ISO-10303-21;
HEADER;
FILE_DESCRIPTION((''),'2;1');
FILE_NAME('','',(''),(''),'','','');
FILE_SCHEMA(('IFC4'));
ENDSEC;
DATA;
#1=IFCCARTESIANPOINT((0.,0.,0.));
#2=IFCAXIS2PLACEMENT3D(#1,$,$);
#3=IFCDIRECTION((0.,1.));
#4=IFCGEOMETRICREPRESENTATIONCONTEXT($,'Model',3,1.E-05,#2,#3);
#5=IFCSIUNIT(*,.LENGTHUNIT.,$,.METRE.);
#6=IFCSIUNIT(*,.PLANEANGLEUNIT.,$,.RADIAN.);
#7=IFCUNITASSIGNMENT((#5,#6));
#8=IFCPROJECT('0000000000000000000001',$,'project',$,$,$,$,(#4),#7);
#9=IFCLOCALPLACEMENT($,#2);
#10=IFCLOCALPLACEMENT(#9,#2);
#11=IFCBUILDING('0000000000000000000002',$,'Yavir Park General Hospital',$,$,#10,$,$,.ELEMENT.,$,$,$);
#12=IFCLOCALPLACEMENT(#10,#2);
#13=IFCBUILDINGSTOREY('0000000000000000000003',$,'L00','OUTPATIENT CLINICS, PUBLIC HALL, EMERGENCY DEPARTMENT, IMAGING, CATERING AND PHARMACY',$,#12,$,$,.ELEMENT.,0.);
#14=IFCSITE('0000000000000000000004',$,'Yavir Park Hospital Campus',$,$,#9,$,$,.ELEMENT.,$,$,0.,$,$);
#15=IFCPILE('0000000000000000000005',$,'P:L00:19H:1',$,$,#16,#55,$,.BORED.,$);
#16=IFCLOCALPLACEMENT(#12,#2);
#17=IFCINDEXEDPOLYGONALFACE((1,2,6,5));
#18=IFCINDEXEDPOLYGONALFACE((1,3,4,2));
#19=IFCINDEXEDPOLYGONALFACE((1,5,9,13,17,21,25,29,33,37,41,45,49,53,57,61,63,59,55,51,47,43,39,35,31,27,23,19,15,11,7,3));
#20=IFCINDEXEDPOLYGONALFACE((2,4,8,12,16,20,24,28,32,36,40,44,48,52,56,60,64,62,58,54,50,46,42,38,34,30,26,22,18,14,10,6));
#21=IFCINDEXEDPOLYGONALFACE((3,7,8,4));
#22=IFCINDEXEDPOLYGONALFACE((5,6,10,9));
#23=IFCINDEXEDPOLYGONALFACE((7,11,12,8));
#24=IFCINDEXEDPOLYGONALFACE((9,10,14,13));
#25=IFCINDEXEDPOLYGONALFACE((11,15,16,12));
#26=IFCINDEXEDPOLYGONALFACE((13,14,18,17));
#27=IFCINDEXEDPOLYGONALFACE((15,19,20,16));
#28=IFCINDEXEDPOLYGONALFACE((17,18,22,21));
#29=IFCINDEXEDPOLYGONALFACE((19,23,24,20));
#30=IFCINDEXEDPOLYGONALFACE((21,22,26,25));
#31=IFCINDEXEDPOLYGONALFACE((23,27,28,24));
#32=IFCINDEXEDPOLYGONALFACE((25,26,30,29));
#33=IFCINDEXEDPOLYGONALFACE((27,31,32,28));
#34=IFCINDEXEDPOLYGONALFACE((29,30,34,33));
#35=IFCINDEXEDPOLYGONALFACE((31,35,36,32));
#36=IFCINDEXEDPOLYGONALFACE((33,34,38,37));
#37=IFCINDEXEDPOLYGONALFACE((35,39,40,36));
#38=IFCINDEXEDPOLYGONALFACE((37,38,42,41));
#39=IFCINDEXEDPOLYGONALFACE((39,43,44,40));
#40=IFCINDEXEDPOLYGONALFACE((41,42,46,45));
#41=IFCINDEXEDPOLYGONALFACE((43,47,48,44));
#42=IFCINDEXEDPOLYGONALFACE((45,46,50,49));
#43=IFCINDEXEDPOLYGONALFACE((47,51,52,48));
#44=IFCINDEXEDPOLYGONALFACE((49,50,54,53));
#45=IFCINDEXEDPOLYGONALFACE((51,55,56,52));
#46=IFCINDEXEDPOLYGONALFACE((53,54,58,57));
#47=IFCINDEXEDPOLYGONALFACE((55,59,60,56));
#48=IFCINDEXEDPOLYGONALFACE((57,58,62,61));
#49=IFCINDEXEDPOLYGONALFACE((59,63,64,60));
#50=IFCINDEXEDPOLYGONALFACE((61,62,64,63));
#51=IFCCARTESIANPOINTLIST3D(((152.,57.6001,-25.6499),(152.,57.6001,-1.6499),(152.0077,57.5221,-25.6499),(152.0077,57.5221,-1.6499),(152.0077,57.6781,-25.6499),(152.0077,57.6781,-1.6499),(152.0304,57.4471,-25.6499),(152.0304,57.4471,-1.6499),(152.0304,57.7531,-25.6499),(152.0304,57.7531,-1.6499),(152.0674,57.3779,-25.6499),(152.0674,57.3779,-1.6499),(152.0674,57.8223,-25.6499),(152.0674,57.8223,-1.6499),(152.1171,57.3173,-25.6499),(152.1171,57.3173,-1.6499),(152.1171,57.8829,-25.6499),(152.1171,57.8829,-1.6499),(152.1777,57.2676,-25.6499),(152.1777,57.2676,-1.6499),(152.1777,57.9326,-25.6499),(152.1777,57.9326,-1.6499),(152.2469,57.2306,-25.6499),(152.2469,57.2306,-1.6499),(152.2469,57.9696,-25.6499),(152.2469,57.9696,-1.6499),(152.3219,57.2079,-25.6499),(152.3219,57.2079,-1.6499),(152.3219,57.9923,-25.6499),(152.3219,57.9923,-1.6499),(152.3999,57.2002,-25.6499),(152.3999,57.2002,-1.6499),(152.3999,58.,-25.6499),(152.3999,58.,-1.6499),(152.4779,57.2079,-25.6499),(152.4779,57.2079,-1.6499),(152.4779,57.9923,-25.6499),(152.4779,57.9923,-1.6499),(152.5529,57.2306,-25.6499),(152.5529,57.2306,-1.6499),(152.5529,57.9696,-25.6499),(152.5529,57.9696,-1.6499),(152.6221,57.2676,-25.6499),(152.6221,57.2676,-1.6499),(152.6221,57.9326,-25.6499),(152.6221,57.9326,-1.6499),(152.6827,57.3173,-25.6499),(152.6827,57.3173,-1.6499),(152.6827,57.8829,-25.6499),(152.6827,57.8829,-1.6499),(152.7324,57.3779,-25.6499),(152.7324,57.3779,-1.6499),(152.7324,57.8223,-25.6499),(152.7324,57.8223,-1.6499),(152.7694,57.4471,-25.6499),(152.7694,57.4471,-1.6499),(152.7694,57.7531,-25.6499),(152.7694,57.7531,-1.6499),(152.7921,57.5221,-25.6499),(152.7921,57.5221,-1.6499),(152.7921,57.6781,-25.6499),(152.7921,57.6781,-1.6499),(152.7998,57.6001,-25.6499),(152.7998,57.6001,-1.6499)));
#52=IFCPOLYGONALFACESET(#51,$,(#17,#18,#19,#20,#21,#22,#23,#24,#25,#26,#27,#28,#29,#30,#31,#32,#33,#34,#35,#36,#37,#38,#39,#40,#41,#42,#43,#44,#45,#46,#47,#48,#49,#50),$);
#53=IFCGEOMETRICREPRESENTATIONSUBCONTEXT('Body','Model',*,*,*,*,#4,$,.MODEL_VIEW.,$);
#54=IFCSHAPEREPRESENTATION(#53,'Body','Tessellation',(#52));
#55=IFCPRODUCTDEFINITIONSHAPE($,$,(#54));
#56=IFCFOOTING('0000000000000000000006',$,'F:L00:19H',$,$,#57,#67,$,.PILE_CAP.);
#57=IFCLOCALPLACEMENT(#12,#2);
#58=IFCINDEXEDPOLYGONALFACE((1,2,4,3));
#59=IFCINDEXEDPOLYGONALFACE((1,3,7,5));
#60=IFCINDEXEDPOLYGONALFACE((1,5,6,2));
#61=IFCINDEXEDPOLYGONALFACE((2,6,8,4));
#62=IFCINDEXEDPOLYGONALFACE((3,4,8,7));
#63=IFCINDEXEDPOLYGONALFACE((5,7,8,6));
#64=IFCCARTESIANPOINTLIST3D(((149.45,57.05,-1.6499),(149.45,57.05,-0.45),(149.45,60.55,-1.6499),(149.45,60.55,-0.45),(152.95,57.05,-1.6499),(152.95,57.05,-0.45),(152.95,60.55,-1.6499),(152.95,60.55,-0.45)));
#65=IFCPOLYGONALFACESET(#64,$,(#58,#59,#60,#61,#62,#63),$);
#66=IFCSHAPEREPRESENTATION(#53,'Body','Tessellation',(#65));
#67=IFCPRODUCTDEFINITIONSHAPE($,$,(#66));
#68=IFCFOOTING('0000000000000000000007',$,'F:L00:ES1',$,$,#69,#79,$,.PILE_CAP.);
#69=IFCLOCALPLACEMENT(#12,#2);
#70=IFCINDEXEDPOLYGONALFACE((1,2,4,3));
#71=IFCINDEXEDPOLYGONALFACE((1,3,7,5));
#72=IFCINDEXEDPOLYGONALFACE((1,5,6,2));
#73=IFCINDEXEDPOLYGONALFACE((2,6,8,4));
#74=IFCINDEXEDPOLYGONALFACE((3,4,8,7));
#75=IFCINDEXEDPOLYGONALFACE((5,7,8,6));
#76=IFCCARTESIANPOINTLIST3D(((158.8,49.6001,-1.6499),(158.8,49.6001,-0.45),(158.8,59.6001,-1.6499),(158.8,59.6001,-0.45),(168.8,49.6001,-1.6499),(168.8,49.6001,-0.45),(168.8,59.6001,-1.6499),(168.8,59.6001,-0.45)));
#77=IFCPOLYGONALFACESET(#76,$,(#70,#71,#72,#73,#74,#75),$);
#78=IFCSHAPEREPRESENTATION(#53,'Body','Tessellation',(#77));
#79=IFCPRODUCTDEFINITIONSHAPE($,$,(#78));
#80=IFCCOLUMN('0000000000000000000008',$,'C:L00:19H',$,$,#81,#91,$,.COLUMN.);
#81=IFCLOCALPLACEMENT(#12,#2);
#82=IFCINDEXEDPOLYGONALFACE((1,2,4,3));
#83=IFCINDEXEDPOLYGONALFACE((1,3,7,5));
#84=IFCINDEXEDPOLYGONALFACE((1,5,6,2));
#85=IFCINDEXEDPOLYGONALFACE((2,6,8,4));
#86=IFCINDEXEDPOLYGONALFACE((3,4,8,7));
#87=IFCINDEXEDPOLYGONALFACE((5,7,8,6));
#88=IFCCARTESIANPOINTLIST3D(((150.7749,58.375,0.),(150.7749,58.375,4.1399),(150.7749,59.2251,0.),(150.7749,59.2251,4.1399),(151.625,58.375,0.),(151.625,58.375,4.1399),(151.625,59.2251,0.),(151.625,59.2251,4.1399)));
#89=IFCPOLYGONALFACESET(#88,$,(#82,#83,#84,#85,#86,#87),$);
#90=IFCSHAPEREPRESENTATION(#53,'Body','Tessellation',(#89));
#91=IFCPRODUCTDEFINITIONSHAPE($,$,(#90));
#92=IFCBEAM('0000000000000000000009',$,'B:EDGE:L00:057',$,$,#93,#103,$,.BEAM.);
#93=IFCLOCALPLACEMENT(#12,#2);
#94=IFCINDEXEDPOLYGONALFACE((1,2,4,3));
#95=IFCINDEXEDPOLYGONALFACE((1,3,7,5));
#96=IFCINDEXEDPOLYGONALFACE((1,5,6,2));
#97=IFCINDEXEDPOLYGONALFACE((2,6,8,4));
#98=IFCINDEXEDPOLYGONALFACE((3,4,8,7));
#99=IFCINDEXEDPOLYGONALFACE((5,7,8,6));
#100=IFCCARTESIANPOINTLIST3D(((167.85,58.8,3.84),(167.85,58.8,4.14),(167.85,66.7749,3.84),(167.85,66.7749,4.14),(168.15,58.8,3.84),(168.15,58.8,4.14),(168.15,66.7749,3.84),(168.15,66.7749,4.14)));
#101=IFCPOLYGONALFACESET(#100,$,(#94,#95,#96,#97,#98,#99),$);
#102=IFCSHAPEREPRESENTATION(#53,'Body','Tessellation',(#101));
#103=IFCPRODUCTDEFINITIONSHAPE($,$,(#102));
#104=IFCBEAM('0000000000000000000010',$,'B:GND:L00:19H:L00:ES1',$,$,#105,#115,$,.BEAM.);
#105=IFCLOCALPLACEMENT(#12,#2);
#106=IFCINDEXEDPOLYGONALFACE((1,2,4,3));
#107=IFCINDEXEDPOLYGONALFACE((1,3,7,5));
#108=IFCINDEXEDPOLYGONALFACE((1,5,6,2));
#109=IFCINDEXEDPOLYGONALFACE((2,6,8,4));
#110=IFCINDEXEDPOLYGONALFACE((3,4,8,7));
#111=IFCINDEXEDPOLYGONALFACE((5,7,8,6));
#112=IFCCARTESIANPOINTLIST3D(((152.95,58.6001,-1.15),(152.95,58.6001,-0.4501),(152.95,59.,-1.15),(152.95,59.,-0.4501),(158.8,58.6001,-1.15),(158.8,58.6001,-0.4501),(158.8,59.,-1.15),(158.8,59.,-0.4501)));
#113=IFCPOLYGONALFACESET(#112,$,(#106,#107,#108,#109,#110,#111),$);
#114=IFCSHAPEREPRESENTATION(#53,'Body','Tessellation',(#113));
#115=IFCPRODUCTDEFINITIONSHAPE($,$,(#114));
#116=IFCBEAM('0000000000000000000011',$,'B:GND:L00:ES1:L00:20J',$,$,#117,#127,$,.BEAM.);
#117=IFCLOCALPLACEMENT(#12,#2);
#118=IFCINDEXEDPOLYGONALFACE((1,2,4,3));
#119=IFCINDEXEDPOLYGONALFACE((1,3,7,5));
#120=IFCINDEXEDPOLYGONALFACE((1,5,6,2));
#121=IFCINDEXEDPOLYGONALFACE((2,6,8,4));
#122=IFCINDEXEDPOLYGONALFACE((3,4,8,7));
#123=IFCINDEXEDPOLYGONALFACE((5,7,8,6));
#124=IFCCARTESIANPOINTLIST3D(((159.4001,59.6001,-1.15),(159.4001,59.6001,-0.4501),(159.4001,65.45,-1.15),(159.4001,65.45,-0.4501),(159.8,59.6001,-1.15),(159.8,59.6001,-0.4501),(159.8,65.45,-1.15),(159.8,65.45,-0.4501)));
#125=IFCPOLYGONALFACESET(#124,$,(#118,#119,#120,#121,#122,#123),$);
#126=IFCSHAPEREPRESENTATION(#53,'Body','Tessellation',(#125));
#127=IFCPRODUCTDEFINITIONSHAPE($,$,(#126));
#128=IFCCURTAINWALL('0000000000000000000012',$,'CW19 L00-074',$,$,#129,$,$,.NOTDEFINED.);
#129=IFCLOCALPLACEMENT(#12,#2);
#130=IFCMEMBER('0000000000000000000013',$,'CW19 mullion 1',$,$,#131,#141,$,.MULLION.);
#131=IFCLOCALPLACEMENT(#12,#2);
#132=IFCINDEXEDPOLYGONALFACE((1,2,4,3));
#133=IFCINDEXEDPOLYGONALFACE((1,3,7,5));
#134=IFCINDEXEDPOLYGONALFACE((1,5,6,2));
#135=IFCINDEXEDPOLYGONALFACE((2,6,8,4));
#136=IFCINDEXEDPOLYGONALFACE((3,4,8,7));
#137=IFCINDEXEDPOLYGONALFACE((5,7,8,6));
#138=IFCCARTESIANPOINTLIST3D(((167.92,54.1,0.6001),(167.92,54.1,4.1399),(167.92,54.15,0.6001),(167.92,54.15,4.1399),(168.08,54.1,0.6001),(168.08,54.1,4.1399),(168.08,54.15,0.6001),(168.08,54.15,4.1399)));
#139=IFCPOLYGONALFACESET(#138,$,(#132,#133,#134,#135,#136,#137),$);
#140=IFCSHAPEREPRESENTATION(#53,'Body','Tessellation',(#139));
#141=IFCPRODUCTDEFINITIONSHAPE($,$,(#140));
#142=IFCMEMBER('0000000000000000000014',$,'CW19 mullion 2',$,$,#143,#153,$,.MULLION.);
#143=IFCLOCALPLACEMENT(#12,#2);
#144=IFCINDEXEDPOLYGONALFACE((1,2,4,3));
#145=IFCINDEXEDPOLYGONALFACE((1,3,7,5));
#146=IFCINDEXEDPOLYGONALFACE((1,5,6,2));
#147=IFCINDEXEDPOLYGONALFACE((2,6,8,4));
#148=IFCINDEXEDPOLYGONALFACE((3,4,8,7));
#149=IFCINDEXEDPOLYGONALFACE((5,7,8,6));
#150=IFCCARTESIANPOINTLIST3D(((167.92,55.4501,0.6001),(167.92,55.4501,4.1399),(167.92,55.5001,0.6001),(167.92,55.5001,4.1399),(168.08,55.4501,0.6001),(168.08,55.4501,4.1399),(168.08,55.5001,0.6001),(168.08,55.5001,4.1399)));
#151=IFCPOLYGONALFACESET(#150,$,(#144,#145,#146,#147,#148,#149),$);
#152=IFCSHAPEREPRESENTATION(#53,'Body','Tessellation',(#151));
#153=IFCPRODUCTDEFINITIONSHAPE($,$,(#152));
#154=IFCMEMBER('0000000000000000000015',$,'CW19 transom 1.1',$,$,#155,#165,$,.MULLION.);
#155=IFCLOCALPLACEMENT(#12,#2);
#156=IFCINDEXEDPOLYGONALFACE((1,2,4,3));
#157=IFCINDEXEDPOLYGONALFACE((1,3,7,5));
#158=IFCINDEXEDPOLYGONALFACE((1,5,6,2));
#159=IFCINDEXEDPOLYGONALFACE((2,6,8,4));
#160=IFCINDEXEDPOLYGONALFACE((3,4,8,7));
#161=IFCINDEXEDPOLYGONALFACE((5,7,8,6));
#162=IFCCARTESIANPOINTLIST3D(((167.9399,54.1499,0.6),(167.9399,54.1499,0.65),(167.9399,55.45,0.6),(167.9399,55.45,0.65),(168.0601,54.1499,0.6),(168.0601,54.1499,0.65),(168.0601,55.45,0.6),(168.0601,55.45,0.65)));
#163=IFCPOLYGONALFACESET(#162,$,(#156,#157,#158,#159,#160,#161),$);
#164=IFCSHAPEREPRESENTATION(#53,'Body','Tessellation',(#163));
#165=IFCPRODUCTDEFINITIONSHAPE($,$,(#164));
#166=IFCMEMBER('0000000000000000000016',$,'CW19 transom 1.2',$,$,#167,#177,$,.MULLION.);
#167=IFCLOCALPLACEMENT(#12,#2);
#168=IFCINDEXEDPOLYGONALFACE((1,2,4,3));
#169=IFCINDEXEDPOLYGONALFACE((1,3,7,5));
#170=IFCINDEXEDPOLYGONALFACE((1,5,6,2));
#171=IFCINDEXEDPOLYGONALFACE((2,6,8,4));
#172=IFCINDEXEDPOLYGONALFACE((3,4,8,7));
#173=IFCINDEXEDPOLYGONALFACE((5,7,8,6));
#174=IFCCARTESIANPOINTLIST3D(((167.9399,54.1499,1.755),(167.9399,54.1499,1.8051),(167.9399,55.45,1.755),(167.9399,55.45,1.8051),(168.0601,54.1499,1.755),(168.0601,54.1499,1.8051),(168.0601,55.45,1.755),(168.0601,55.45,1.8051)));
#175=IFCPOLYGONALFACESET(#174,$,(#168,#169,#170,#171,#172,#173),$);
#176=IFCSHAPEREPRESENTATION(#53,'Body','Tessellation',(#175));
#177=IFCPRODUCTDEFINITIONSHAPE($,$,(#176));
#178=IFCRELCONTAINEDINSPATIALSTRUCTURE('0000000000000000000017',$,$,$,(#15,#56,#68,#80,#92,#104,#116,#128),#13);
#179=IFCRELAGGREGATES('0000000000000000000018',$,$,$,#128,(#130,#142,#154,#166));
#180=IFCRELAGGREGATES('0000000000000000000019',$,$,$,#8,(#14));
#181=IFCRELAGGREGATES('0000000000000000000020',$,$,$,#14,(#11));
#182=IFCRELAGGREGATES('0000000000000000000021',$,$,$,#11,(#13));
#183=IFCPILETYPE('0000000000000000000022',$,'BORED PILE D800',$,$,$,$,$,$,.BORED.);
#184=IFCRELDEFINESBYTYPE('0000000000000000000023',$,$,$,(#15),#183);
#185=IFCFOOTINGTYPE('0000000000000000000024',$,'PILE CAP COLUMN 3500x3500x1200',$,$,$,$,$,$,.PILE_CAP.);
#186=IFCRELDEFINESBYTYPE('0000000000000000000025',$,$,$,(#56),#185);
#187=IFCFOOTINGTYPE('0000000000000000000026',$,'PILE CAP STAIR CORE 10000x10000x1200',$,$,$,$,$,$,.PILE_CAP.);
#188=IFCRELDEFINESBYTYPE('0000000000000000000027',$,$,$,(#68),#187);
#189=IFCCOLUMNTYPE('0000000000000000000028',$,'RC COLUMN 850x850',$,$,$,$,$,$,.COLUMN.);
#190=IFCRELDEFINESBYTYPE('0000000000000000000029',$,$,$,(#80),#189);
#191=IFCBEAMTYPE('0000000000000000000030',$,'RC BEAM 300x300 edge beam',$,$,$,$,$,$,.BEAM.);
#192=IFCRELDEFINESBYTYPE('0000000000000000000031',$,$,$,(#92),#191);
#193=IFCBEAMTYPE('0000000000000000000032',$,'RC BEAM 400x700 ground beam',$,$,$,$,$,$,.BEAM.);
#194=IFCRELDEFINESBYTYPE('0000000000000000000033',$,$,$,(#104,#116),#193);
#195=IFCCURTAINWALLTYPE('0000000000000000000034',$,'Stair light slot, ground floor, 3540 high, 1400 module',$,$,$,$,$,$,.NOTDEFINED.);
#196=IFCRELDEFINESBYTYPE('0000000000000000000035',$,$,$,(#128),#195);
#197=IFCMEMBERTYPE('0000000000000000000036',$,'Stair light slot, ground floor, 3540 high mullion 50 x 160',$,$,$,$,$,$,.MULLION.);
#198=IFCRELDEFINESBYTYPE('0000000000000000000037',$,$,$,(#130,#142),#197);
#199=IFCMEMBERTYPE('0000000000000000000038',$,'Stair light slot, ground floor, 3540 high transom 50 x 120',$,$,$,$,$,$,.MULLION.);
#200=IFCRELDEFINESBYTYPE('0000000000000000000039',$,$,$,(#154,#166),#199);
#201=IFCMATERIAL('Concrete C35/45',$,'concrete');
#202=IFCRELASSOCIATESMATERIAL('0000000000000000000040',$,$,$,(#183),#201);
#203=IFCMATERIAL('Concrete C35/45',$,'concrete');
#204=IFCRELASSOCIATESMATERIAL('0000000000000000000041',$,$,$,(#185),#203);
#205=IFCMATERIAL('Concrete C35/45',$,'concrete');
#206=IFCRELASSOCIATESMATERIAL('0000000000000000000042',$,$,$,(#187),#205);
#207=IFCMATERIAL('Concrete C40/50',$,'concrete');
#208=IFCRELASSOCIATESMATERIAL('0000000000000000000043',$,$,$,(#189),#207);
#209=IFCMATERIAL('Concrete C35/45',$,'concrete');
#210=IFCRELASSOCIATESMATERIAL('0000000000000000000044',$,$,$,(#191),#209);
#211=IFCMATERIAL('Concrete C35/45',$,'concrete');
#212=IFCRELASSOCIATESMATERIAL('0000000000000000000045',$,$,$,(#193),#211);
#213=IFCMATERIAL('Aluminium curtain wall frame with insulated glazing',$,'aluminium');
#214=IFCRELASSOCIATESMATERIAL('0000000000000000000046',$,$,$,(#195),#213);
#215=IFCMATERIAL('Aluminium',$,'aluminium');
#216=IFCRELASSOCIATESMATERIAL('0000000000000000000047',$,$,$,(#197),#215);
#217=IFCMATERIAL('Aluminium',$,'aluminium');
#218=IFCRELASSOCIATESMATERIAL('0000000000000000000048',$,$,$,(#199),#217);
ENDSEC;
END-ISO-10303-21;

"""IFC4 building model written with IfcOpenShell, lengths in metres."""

from ifc_helpers import new_model, si_unit, direction, frame, origin, origin_2d, place, context, subcontext, project, spatial, rectangle, circle, extrude, material, material_profile, profile_set, type_object, element, aggregate, save


model = new_model("IFC4")

# Units and contexts
model_context = context("Model", 3, precision=1e-05, world=origin(), true_north=direction((0.0, 1.0)))
body_context = subcontext(model_context, "Body", "Model", "MODEL_VIEW")
ifc_project = project(units=[si_unit("LENGTHUNIT", "METRE"), si_unit("PLANEANGLEUNIT", "RADIAN")], contexts=[model_context])

# Site, building, storey
site_placement = place(None, origin())
site = spatial("IfcSite", under=ifc_project, at=site_placement, Name="Yavir Park Hospital Campus", CompositionType="ELEMENT", RefElevation=0.0)
building_placement = place(site_placement, origin())
building = spatial("IfcBuilding", under=site, at=building_placement, Name="Yavir Park General Hospital", CompositionType="ELEMENT")
storey_placement = place(building_placement, origin())
storey = spatial("IfcBuildingStorey", under=building, at=storey_placement, Name="L00", Description="OUTPATIENT CLINICS, PUBLIC HALL, EMERGENCY DEPARTMENT, IMAGING, CATERING AND PHARMACY", CompositionType="ELEMENT", Elevation=0.0)

# Pile
ifc_material_1 = material(Name="Concrete C35/45", Category="concrete")
ifc_material_profile_1 = material_profile(ifc_material_1, circle(Radius=0.3999, at=origin_2d()), Name="D800")
ifc_profile_set_1 = profile_set([ifc_material_profile_1], Name="Concrete C35/45")
pile_type_1 = type_object("IfcPileType", Name="BORED PILE D800", PredefinedType="BORED", material=ifc_profile_set_1)
pile_placement = place(storey_placement, frame((152.3999, 57.6001, -1.6499), z_axis=(0.0, 0.0, -1.0), x_axis=(1.0, 0.0, 0.0)))
element("IfcPile", 1, at=pile_placement, inside=storey, type_object=pile_type_1, Name="P:L00:19H:1", PredefinedType="BORED", context=body_context, shape_type="SweptSolid", body=[
    extrude(circle(Radius=0.3999, at=origin_2d()), origin(), (0.0, 0.0, 1.0), 24.0),
])

# Footings
ifc_material_2 = material(Name="Concrete C35/45", Category="concrete")
footing_type_1 = type_object("IfcFootingType", Name="PILE CAP COLUMN 3500x3500x1200", PredefinedType="PILE_CAP", material=ifc_material_2)
footing_1_placement = place(storey_placement, frame((151.2, 58.8, -1.6499), z_axis=(0.0, 0.0, 1.0), x_axis=(1.0, 0.0, 0.0)))
element("IfcFooting", 2, at=footing_1_placement, inside=storey, type_object=footing_type_1, Name="F:L00:19H", PredefinedType="PILE_CAP", context=body_context, shape_type="SweptSolid", body=[
    extrude(rectangle(XDim=3.5, YDim=3.5, at=origin_2d()), origin(), (0.0, 0.0, 1.0), 1.2),
])
ifc_material_3 = material(Name="Concrete C35/45", Category="concrete")
footing_type_2 = type_object("IfcFootingType", Name="PILE CAP STAIR CORE 10000x10000x1200", PredefinedType="PILE_CAP", material=ifc_material_3)
footing_2_placement = place(storey_placement, frame((163.8, 54.6001, -1.6499), z_axis=(0.0, 0.0, 1.0), x_axis=(1.0, 0.0, 0.0)))
element("IfcFooting", 3, at=footing_2_placement, inside=storey, type_object=footing_type_2, Name="F:L00:ES1", PredefinedType="PILE_CAP", context=body_context, shape_type="SweptSolid", body=[
    extrude(rectangle(XDim=10.0, YDim=10.0, at=origin_2d()), origin(), (0.0, 0.0, 1.0), 1.2),
])

# Column
ifc_material_4 = material(Name="Concrete C40/50", Category="concrete")
ifc_material_profile_2 = material_profile(ifc_material_4, rectangle(XDim=0.8501, YDim=0.8501, at=origin_2d()), Name="RC850x850")
ifc_profile_set_2 = profile_set([ifc_material_profile_2], Name="Concrete C40/50")
column_type = type_object("IfcColumnType", Name="RC COLUMN 850x850", PredefinedType="COLUMN", material=ifc_profile_set_2)
column_placement = place(storey_placement, frame((151.2, 58.8, 0.0), z_axis=(0.0, 0.0, 1.0), x_axis=(1.0, 0.0, 0.0)))
element("IfcColumn", 4, at=column_placement, inside=storey, type_object=column_type, Name="C:L00:19H", PredefinedType="COLUMN", context=body_context, shape_type="SweptSolid", body=[
    extrude(rectangle(XDim=0.8501, YDim=0.8501, at=origin_2d()), origin(), (0.0, 0.0, 1.0), 4.1399),
])

# Beams
ifc_material_5 = material(Name="Concrete C35/45", Category="concrete")
ifc_material_profile_3 = material_profile(ifc_material_5, rectangle(XDim=0.3, YDim=0.3, at=origin_2d()), Name="RC300x300")
ifc_profile_set_3 = profile_set([ifc_material_profile_3], Name="Concrete C35/45")
beam_type_1 = type_object("IfcBeamType", Name="RC BEAM 300x300 edge beam", PredefinedType="BEAM", material=ifc_profile_set_3)
beam_1_placement = place(storey_placement, frame((168.0, 58.8, 3.99), z_axis=(0.0, 1.0, 0.0), x_axis=(-1.0, 0.0, 0.0)))
element("IfcBeam", 5, at=beam_1_placement, inside=storey, type_object=beam_type_1, Name="B:EDGE:L00:057", PredefinedType="BEAM", context=body_context, shape_type="SweptSolid", body=[
    extrude(rectangle(XDim=0.3, YDim=0.3, at=origin_2d()), origin(), (0.0, 0.0, 1.0), 7.9749),
])
ifc_material_6 = material(Name="Concrete C35/45", Category="concrete")
ifc_material_profile_4 = material_profile(ifc_material_6, rectangle(XDim=0.3999, YDim=0.7, at=origin_2d()), Name="RC400x700")
ifc_profile_set_4 = profile_set([ifc_material_profile_4], Name="Concrete C35/45")
beam_type_2 = type_object("IfcBeamType", Name="RC BEAM 400x700 ground beam", PredefinedType="BEAM", material=ifc_profile_set_4)
beam_2_placement = place(storey_placement, frame((152.95, 58.8, -0.8), z_axis=(1.0, 0.0, 0.0), x_axis=(0.0, 1.0, 0.0)))
element("IfcBeam", 6, at=beam_2_placement, inside=storey, type_object=beam_type_2, Name="B:GND:L00:19H:L00:ES1", PredefinedType="BEAM", context=body_context, shape_type="SweptSolid", body=[
    extrude(rectangle(XDim=0.3999, YDim=0.7, at=origin_2d()), origin(), (0.0, 0.0, 1.0), 5.8501),
])
beam_3_placement = place(storey_placement, frame((159.6001, 59.6001, -0.8), z_axis=(0.0, 1.0, 0.0), x_axis=(-1.0, 0.0, 0.0)))
element("IfcBeam", 7, at=beam_3_placement, inside=storey, type_object=beam_type_2, Name="B:GND:L00:ES1:L00:20J", PredefinedType="BEAM", context=body_context, shape_type="SweptSolid", body=[
    extrude(rectangle(XDim=0.3999, YDim=0.7, at=origin_2d()), origin(), (0.0, 0.0, 1.0), 5.8499),
])

# Curtain wall, members
ifc_material_7 = material(Name="Aluminium curtain wall frame with insulated glazing", Category="aluminium")
curtain_wall_type = type_object("IfcCurtainWallType", Name="Stair light slot, ground floor, 3540 high, 1400 module", PredefinedType="NOTDEFINED", material=ifc_material_7)
curtain_wall_placement = place(storey_placement, origin())
curtain_wall = element("IfcCurtainWall", 8, at=curtain_wall_placement, inside=storey, type_object=curtain_wall_type, Name="CW19 L00-074", PredefinedType="NOTDEFINED")
ifc_material_8 = material(Name="Aluminium", Category="aluminium")
ifc_material_profile_5 = material_profile(ifc_material_8, rectangle(XDim=0.1599, YDim=0.05, at=origin_2d()), Name="AL 50x160")
ifc_profile_set_5 = profile_set([ifc_material_profile_5], Name="Aluminium")
member_type_1 = type_object("IfcMemberType", Name="Stair light slot, ground floor, 3540 high mullion 50 x 160", PredefinedType="MULLION", material=ifc_profile_set_5)
member_1_placement = place(storey_placement, frame((168.0, 54.125, 0.6001), z_axis=(0.0, 0.0, 1.0), x_axis=(-1.0, 0.0, 0.0)))
member_1 = element("IfcMember", 9, at=member_1_placement, type_object=member_type_1, Name="CW19 mullion 1", PredefinedType="MULLION", context=body_context, shape_type="SweptSolid", body=[
    extrude(rectangle(XDim=0.1599, YDim=0.05, at=origin_2d()), origin(), (0.0, 0.0, 1.0), 3.5398),
])
member_2_placement = place(storey_placement, frame((168.0, 55.4751, 0.6001), z_axis=(0.0, 0.0, 1.0), x_axis=(-1.0, 0.0, 0.0)))
member_2 = element("IfcMember", 10, at=member_2_placement, type_object=member_type_1, Name="CW19 mullion 2", PredefinedType="MULLION", context=body_context, shape_type="SweptSolid", body=[
    extrude(rectangle(XDim=0.1599, YDim=0.05, at=origin_2d()), origin(), (0.0, 0.0, 1.0), 3.5398),
])
ifc_material_9 = material(Name="Aluminium", Category="aluminium")
ifc_material_profile_6 = material_profile(ifc_material_9, rectangle(XDim=0.1201, YDim=0.05, at=origin_2d()), Name="AL 120x50")
ifc_profile_set_6 = profile_set([ifc_material_profile_6], Name="Aluminium")
member_type_2 = type_object("IfcMemberType", Name="Stair light slot, ground floor, 3540 high transom 50 x 120", PredefinedType="MULLION", material=ifc_profile_set_6)
member_3_placement = place(storey_placement, frame((168.0, 54.1499, 0.625), z_axis=(0.0, 1.0, 0.0), x_axis=(-1.0, 0.0, 0.0)))
member_3 = element("IfcMember", 11, at=member_3_placement, type_object=member_type_2, Name="CW19 transom 1.1", PredefinedType="MULLION", context=body_context, shape_type="SweptSolid", body=[
    extrude(rectangle(XDim=0.1201, YDim=0.05, at=origin_2d()), origin(), (0.0, 0.0, 1.0), 1.3),
])
member_4_placement = place(storey_placement, frame((168.0, 54.1499, 1.78), z_axis=(0.0, 1.0, 0.0), x_axis=(-1.0, 0.0, 0.0)))
member_4 = element("IfcMember", 12, at=member_4_placement, type_object=member_type_2, Name="CW19 transom 1.2", PredefinedType="MULLION", context=body_context, shape_type="SweptSolid", body=[
    extrude(rectangle(XDim=0.1201, YDim=0.05, at=origin_2d()), origin(), (0.0, 0.0, 1.0), 1.3),
])
aggregate(curtain_wall, [member_1, member_2, member_3, member_4])

save(model, "model.ifc")
